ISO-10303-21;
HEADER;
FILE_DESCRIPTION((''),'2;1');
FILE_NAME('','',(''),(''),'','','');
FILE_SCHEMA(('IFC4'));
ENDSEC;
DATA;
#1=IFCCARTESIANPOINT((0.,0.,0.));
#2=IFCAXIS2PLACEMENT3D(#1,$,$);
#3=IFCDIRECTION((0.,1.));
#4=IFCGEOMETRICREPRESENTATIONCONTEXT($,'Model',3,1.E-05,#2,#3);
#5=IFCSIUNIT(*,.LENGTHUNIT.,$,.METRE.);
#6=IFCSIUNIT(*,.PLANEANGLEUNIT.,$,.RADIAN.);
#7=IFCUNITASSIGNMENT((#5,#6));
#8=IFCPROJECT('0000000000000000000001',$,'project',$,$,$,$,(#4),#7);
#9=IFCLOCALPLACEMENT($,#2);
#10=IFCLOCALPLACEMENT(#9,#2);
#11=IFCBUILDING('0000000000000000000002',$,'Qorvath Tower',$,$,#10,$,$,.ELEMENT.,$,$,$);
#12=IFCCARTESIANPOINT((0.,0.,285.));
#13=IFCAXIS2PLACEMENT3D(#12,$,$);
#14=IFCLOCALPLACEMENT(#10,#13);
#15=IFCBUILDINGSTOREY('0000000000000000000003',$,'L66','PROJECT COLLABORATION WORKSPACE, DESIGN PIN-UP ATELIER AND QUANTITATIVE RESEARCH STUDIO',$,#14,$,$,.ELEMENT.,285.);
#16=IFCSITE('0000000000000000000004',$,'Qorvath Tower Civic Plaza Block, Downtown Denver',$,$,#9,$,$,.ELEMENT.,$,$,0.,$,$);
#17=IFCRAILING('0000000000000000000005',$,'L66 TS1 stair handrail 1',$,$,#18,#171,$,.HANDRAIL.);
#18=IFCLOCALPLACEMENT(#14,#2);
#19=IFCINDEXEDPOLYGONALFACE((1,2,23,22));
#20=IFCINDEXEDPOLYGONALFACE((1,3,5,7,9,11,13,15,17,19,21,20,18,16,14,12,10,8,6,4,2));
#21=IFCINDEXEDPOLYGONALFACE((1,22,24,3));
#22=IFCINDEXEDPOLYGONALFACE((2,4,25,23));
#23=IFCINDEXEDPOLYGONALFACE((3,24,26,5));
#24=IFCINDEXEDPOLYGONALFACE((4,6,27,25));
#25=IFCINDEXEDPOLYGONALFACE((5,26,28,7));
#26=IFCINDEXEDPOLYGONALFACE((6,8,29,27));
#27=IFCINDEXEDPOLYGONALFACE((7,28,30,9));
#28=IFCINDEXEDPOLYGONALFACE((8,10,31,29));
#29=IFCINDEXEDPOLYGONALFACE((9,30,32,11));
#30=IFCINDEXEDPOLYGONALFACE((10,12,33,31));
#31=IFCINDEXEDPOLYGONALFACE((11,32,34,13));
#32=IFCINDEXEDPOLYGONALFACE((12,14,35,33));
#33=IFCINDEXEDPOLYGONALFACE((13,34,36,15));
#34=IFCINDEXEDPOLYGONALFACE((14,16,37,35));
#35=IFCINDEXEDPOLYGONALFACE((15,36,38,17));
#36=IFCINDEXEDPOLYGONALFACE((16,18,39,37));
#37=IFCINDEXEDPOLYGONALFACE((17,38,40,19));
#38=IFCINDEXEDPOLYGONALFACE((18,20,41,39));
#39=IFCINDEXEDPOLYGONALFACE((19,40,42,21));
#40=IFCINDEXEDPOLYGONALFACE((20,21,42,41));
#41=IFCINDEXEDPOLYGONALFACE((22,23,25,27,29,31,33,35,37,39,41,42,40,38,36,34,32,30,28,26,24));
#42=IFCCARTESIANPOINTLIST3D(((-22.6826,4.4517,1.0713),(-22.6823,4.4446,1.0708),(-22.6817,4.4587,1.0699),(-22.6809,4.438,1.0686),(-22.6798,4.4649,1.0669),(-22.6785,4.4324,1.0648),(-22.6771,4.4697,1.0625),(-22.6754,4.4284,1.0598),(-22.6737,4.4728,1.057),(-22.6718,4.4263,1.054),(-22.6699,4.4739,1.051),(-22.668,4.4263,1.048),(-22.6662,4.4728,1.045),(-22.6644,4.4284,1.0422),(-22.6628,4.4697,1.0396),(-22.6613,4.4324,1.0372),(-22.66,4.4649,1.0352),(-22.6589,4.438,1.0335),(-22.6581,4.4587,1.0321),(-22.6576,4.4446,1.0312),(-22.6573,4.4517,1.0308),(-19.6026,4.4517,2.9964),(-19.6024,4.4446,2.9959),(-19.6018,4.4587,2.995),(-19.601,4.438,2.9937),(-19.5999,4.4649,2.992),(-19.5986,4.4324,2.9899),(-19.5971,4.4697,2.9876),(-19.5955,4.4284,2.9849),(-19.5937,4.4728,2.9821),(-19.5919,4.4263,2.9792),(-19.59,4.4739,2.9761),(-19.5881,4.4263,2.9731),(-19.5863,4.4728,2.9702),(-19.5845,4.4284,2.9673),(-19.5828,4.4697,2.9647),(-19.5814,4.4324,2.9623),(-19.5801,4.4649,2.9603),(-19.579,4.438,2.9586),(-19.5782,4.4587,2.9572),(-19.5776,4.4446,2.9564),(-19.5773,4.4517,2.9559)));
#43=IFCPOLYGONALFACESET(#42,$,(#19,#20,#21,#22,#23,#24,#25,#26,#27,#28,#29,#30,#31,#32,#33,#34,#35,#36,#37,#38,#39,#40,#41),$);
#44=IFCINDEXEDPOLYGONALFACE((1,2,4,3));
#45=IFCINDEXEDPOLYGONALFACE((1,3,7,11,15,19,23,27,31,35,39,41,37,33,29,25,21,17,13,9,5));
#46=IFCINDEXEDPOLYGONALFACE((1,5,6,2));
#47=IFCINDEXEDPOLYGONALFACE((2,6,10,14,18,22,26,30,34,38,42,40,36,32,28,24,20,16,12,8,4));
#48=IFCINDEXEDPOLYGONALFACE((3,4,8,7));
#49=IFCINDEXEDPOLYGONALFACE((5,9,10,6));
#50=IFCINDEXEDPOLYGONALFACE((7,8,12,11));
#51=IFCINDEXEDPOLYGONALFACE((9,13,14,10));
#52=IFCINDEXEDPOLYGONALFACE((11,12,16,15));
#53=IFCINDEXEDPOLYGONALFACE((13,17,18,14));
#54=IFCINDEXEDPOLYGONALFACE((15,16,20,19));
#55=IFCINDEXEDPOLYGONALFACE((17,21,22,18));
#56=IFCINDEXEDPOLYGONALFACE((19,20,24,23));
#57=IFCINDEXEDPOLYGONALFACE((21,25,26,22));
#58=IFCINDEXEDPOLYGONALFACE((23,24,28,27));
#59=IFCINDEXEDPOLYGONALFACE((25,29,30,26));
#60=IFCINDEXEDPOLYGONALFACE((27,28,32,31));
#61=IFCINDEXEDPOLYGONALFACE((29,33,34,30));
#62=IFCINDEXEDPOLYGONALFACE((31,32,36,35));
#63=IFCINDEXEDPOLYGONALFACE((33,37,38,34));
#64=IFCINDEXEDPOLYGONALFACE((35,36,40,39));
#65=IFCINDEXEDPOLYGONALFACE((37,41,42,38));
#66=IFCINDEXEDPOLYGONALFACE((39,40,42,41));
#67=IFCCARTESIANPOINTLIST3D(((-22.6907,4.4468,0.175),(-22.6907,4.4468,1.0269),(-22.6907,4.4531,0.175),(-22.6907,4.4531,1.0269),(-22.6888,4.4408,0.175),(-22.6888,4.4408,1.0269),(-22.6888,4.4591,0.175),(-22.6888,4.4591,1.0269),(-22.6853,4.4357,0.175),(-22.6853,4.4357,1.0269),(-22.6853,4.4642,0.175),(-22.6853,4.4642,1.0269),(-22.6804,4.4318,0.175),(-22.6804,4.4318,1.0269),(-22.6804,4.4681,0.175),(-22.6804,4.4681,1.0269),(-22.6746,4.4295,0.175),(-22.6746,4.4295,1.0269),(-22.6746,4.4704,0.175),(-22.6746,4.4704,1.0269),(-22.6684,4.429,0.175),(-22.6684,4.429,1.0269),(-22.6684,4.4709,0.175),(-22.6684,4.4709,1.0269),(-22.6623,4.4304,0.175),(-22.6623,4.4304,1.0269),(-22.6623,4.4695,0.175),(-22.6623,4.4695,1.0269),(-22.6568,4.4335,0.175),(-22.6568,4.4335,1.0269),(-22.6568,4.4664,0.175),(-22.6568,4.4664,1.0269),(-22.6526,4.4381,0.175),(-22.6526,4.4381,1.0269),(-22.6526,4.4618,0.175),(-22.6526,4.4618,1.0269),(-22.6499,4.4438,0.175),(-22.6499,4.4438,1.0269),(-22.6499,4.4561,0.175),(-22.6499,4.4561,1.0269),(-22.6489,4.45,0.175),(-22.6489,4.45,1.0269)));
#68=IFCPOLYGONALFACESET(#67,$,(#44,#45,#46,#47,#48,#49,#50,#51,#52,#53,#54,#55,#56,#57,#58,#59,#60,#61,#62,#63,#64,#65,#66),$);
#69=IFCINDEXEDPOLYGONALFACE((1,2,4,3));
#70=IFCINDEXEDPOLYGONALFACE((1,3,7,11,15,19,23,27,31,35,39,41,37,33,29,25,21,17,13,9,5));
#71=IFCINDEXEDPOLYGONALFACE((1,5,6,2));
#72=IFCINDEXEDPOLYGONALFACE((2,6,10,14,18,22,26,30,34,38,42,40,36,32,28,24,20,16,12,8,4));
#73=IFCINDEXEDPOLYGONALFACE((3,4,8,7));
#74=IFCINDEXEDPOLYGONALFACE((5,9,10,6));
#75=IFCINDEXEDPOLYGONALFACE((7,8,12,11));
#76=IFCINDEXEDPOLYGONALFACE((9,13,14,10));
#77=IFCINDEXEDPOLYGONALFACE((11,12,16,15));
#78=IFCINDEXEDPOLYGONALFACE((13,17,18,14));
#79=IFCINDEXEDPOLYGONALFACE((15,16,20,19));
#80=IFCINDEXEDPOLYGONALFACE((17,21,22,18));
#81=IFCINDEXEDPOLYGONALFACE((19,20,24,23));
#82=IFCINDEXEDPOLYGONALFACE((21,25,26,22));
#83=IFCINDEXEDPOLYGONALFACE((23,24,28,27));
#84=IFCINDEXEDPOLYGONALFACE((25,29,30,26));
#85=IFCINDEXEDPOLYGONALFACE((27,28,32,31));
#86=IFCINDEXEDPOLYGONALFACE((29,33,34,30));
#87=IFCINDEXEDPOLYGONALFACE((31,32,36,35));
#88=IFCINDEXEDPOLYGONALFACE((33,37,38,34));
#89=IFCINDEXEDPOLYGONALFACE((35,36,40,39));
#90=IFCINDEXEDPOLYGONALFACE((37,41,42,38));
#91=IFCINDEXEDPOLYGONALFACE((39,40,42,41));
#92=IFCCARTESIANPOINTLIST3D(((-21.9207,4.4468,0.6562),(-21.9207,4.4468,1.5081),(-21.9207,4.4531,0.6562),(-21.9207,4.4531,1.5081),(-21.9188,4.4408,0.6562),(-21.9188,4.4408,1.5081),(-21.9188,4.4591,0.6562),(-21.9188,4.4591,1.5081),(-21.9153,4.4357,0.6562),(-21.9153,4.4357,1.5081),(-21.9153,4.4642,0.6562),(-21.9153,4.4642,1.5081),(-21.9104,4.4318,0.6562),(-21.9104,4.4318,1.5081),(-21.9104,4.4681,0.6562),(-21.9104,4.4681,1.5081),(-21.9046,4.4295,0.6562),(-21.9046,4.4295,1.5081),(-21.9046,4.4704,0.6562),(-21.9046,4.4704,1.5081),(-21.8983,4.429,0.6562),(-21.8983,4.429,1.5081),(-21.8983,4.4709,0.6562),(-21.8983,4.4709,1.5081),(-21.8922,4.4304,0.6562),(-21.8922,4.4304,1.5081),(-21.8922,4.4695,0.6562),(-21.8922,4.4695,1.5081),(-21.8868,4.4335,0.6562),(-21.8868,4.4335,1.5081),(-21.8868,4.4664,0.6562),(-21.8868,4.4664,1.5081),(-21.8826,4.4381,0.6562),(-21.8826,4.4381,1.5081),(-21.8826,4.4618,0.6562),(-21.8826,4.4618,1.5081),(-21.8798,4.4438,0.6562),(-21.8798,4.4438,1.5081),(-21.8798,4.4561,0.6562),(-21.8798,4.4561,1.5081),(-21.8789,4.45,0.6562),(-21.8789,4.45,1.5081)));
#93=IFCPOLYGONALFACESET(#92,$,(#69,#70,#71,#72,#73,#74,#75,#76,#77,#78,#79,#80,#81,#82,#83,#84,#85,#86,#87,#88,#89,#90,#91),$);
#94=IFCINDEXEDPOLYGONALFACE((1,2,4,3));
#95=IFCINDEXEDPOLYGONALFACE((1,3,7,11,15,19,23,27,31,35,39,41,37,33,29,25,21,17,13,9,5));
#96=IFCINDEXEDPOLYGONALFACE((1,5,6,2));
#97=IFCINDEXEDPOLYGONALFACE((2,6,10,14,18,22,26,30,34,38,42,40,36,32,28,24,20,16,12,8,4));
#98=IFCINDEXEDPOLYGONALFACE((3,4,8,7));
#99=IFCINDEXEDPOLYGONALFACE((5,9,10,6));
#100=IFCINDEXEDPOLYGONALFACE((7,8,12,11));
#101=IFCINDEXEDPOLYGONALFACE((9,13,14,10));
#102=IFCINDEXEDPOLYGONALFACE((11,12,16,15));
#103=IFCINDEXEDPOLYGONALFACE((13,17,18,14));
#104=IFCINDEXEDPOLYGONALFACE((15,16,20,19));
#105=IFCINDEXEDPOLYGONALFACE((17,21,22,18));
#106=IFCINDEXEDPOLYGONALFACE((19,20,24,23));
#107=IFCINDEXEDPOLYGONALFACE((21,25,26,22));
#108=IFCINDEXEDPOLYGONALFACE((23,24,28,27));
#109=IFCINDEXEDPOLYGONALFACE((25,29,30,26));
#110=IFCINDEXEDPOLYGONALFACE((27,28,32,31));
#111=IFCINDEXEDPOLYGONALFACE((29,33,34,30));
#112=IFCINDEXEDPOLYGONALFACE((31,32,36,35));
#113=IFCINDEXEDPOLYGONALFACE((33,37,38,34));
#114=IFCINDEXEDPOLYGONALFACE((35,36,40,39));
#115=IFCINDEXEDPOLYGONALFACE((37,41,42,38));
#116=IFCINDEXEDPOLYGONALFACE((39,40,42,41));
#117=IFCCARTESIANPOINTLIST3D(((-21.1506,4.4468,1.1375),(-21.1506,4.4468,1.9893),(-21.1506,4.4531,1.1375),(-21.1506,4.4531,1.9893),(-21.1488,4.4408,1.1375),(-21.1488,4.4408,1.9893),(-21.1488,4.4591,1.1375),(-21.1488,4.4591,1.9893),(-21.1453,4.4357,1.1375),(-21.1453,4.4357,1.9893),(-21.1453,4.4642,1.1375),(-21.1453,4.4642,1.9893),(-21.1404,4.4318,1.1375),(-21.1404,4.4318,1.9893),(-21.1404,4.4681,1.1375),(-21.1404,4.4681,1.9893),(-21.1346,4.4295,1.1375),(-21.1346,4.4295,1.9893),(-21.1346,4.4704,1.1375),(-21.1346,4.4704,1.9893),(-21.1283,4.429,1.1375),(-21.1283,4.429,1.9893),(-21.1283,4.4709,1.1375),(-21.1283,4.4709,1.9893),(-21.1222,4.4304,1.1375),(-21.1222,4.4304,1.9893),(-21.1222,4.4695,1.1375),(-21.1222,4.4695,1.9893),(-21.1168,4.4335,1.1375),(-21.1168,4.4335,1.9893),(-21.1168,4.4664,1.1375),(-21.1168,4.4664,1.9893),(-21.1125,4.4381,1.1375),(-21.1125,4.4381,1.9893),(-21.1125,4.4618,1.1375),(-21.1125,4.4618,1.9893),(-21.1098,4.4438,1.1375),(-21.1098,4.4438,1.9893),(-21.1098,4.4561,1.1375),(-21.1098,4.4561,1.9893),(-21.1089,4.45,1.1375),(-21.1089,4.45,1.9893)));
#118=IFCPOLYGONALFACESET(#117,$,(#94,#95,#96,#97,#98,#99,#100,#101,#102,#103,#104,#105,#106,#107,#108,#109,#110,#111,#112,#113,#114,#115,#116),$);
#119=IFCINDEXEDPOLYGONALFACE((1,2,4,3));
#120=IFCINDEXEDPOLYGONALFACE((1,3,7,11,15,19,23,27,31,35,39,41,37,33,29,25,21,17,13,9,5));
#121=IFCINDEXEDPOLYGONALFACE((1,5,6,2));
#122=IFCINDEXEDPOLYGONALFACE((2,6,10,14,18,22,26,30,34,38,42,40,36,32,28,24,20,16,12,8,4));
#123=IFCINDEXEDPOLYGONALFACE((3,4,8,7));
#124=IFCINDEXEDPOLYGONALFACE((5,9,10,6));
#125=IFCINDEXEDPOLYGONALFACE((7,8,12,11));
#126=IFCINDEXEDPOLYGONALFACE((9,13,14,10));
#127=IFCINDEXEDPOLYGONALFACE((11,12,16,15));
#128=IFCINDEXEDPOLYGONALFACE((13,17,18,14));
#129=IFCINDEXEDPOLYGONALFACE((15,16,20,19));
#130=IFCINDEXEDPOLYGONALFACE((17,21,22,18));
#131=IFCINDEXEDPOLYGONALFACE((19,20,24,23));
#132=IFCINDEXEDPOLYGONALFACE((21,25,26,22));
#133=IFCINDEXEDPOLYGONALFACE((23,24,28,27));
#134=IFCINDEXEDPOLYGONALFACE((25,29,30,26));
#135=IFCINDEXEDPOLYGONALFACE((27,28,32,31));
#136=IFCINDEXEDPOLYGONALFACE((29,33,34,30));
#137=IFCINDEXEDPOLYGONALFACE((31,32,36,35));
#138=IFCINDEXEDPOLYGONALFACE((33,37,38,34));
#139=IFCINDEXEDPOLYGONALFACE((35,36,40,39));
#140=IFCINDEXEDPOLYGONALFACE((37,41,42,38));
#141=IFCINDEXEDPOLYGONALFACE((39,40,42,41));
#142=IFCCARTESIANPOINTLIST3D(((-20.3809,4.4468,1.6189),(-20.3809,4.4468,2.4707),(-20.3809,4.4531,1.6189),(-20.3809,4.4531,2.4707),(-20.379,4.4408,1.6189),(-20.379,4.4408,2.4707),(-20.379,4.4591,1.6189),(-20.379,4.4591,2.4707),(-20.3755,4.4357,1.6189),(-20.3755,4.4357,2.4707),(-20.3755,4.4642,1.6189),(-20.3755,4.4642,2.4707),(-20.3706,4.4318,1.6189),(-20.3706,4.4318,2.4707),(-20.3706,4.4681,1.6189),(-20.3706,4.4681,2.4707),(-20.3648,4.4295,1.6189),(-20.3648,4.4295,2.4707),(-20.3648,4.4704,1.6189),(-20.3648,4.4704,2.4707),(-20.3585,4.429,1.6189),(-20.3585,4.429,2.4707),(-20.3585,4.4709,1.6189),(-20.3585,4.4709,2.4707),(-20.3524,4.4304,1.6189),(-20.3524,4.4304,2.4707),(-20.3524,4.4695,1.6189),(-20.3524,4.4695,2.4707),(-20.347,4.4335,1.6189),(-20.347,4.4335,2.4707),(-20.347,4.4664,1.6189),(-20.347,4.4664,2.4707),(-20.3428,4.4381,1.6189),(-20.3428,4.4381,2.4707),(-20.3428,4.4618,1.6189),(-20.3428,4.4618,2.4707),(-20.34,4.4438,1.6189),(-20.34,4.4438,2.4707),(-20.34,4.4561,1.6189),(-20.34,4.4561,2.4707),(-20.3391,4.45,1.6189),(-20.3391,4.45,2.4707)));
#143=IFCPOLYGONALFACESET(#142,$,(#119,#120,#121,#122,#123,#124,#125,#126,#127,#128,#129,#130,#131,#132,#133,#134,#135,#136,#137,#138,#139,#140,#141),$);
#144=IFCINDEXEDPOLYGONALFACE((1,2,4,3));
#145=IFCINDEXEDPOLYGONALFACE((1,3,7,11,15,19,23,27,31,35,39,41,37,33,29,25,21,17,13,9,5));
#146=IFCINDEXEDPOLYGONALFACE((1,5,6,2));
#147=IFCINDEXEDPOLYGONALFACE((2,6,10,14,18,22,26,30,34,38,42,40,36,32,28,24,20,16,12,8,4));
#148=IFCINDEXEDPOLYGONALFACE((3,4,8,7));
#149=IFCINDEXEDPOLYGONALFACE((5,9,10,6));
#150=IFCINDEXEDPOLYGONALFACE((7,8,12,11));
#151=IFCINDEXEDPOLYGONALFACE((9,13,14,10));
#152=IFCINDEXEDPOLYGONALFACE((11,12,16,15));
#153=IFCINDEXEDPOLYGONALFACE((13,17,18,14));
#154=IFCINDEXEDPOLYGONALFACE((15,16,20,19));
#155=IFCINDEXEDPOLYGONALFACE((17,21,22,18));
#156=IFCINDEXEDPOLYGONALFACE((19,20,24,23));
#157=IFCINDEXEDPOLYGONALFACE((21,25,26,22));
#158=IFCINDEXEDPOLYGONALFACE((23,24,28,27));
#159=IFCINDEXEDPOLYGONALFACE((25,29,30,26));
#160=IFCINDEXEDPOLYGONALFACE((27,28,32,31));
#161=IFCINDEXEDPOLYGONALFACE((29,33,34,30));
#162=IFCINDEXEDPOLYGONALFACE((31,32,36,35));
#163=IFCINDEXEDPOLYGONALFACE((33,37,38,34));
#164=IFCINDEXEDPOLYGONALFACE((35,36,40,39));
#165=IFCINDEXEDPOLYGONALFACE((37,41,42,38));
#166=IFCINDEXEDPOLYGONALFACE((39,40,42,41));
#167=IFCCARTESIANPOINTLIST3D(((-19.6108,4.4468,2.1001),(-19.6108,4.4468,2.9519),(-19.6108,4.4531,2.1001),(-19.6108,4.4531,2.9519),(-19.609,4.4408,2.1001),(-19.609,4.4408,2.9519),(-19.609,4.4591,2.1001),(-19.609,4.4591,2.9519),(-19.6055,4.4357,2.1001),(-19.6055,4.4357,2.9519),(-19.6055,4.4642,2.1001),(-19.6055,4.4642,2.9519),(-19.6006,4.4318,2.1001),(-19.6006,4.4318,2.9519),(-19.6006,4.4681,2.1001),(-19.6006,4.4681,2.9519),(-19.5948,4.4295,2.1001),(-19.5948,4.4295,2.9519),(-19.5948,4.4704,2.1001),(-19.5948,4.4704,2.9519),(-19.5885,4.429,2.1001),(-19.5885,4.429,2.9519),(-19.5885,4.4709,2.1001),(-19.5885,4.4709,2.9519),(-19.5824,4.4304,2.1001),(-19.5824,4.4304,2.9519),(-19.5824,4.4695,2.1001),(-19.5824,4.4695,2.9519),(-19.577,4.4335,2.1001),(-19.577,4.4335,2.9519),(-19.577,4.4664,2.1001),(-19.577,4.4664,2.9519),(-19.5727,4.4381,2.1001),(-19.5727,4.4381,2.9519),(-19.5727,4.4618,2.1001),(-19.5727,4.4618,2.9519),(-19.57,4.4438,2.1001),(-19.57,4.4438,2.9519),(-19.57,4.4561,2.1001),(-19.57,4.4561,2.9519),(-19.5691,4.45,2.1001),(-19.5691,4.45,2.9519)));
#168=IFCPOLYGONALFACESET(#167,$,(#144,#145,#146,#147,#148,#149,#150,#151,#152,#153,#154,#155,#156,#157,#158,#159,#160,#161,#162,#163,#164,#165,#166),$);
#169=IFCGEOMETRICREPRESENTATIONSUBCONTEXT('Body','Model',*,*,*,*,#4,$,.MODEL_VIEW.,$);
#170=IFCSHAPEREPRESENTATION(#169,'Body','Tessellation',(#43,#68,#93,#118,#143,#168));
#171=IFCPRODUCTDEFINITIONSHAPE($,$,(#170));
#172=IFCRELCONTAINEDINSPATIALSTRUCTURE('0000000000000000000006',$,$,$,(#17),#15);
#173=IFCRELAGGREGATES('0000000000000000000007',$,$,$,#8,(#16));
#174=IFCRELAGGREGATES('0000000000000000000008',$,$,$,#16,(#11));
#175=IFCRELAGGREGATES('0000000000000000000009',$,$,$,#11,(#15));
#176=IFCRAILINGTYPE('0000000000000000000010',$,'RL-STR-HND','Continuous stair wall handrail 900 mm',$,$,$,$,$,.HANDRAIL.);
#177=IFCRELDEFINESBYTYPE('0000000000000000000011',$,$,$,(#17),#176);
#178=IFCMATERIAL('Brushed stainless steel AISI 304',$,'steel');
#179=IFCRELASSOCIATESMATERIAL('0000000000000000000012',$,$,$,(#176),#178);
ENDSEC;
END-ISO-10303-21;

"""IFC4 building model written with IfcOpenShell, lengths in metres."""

from ifc_helpers import new_model, si_unit, direction, frame, origin, origin_2d, place, context, subcontext, project, spatial, circle, extrude, material, type_object, element, save


model = new_model("IFC4")

# Units and contexts
model_context = context("Model", 3, precision=1e-05, world=origin(), true_north=direction((0.0, 1.0)))
body_context = subcontext(model_context, "Body", "Model", "MODEL_VIEW")
ifc_project = project(units=[si_unit("LENGTHUNIT", "METRE"), si_unit("PLANEANGLEUNIT", "RADIAN")], contexts=[model_context])

# Site, building, storey
site_placement = place(None, origin())
site = spatial("IfcSite", under=ifc_project, at=site_placement, Name="Qorvath Tower Civic Plaza Block, Downtown Denver", CompositionType="ELEMENT", RefElevation=0.0)
building_placement = place(site_placement, origin())
building = spatial("IfcBuilding", under=site, at=building_placement, Name="Qorvath Tower", CompositionType="ELEMENT")
storey_placement = place(building_placement, frame((0.0, 0.0, 285.0)))
storey = spatial("IfcBuildingStorey", under=building, at=storey_placement, Name="L66", Description="PROJECT COLLABORATION WORKSPACE, DESIGN PIN-UP ATELIER AND QUANTITATIVE RESEARCH STUDIO", CompositionType="ELEMENT", Elevation=285.0)

# Railing
ifc_material_1 = material(Name="Brushed stainless steel AISI 304", Category="steel")
railing_type_1 = type_object("IfcRailingType", Name="RL-STR-HND", Description="Continuous stair wall handrail 900 mm", PredefinedType="HANDRAIL", material=ifc_material_1)
railing_1_placement = place(storey_placement, frame((-22.6699, 4.45, 0.175)))
element("IfcRailing", 1, at=railing_1_placement, inside=storey, type_object=railing_type_1, Name="L66 TS1 stair handrail 1", PredefinedType="HANDRAIL", context=body_context, shape_type="SweptSolid", body=[
    extrude(circle(Radius=0.0239, at=origin_2d()), frame((0.0, 0.0, 0.876), z_axis=(0.847979, 0.0, 0.530029), x_axis=(0.0, 1.0, 0.0)), (0.0, 0.0, 1.0), 3.6321),
    extrude(circle(Radius=0.021, at=origin_2d()), origin(), (0.0, 0.0, 1.0), 0.8518),
    extrude(circle(Radius=0.021, at=origin_2d()), frame((0.77, 0.0, 0.4812)), (0.0, 0.0, 1.0), 0.8518),
    extrude(circle(Radius=0.021, at=origin_2d()), frame((1.54, 0.0, 0.9624)), (0.0, 0.0, 1.0), 0.8518),
    extrude(circle(Radius=0.021, at=origin_2d()), frame((2.3098, 0.0, 1.4438)), (0.0, 0.0, 1.0), 0.8518),
    extrude(circle(Radius=0.021, at=origin_2d()), frame((3.0798, 0.0, 1.925)), (0.0, 0.0, 1.0), 0.8518),
])

save(model, "model.ifc")
